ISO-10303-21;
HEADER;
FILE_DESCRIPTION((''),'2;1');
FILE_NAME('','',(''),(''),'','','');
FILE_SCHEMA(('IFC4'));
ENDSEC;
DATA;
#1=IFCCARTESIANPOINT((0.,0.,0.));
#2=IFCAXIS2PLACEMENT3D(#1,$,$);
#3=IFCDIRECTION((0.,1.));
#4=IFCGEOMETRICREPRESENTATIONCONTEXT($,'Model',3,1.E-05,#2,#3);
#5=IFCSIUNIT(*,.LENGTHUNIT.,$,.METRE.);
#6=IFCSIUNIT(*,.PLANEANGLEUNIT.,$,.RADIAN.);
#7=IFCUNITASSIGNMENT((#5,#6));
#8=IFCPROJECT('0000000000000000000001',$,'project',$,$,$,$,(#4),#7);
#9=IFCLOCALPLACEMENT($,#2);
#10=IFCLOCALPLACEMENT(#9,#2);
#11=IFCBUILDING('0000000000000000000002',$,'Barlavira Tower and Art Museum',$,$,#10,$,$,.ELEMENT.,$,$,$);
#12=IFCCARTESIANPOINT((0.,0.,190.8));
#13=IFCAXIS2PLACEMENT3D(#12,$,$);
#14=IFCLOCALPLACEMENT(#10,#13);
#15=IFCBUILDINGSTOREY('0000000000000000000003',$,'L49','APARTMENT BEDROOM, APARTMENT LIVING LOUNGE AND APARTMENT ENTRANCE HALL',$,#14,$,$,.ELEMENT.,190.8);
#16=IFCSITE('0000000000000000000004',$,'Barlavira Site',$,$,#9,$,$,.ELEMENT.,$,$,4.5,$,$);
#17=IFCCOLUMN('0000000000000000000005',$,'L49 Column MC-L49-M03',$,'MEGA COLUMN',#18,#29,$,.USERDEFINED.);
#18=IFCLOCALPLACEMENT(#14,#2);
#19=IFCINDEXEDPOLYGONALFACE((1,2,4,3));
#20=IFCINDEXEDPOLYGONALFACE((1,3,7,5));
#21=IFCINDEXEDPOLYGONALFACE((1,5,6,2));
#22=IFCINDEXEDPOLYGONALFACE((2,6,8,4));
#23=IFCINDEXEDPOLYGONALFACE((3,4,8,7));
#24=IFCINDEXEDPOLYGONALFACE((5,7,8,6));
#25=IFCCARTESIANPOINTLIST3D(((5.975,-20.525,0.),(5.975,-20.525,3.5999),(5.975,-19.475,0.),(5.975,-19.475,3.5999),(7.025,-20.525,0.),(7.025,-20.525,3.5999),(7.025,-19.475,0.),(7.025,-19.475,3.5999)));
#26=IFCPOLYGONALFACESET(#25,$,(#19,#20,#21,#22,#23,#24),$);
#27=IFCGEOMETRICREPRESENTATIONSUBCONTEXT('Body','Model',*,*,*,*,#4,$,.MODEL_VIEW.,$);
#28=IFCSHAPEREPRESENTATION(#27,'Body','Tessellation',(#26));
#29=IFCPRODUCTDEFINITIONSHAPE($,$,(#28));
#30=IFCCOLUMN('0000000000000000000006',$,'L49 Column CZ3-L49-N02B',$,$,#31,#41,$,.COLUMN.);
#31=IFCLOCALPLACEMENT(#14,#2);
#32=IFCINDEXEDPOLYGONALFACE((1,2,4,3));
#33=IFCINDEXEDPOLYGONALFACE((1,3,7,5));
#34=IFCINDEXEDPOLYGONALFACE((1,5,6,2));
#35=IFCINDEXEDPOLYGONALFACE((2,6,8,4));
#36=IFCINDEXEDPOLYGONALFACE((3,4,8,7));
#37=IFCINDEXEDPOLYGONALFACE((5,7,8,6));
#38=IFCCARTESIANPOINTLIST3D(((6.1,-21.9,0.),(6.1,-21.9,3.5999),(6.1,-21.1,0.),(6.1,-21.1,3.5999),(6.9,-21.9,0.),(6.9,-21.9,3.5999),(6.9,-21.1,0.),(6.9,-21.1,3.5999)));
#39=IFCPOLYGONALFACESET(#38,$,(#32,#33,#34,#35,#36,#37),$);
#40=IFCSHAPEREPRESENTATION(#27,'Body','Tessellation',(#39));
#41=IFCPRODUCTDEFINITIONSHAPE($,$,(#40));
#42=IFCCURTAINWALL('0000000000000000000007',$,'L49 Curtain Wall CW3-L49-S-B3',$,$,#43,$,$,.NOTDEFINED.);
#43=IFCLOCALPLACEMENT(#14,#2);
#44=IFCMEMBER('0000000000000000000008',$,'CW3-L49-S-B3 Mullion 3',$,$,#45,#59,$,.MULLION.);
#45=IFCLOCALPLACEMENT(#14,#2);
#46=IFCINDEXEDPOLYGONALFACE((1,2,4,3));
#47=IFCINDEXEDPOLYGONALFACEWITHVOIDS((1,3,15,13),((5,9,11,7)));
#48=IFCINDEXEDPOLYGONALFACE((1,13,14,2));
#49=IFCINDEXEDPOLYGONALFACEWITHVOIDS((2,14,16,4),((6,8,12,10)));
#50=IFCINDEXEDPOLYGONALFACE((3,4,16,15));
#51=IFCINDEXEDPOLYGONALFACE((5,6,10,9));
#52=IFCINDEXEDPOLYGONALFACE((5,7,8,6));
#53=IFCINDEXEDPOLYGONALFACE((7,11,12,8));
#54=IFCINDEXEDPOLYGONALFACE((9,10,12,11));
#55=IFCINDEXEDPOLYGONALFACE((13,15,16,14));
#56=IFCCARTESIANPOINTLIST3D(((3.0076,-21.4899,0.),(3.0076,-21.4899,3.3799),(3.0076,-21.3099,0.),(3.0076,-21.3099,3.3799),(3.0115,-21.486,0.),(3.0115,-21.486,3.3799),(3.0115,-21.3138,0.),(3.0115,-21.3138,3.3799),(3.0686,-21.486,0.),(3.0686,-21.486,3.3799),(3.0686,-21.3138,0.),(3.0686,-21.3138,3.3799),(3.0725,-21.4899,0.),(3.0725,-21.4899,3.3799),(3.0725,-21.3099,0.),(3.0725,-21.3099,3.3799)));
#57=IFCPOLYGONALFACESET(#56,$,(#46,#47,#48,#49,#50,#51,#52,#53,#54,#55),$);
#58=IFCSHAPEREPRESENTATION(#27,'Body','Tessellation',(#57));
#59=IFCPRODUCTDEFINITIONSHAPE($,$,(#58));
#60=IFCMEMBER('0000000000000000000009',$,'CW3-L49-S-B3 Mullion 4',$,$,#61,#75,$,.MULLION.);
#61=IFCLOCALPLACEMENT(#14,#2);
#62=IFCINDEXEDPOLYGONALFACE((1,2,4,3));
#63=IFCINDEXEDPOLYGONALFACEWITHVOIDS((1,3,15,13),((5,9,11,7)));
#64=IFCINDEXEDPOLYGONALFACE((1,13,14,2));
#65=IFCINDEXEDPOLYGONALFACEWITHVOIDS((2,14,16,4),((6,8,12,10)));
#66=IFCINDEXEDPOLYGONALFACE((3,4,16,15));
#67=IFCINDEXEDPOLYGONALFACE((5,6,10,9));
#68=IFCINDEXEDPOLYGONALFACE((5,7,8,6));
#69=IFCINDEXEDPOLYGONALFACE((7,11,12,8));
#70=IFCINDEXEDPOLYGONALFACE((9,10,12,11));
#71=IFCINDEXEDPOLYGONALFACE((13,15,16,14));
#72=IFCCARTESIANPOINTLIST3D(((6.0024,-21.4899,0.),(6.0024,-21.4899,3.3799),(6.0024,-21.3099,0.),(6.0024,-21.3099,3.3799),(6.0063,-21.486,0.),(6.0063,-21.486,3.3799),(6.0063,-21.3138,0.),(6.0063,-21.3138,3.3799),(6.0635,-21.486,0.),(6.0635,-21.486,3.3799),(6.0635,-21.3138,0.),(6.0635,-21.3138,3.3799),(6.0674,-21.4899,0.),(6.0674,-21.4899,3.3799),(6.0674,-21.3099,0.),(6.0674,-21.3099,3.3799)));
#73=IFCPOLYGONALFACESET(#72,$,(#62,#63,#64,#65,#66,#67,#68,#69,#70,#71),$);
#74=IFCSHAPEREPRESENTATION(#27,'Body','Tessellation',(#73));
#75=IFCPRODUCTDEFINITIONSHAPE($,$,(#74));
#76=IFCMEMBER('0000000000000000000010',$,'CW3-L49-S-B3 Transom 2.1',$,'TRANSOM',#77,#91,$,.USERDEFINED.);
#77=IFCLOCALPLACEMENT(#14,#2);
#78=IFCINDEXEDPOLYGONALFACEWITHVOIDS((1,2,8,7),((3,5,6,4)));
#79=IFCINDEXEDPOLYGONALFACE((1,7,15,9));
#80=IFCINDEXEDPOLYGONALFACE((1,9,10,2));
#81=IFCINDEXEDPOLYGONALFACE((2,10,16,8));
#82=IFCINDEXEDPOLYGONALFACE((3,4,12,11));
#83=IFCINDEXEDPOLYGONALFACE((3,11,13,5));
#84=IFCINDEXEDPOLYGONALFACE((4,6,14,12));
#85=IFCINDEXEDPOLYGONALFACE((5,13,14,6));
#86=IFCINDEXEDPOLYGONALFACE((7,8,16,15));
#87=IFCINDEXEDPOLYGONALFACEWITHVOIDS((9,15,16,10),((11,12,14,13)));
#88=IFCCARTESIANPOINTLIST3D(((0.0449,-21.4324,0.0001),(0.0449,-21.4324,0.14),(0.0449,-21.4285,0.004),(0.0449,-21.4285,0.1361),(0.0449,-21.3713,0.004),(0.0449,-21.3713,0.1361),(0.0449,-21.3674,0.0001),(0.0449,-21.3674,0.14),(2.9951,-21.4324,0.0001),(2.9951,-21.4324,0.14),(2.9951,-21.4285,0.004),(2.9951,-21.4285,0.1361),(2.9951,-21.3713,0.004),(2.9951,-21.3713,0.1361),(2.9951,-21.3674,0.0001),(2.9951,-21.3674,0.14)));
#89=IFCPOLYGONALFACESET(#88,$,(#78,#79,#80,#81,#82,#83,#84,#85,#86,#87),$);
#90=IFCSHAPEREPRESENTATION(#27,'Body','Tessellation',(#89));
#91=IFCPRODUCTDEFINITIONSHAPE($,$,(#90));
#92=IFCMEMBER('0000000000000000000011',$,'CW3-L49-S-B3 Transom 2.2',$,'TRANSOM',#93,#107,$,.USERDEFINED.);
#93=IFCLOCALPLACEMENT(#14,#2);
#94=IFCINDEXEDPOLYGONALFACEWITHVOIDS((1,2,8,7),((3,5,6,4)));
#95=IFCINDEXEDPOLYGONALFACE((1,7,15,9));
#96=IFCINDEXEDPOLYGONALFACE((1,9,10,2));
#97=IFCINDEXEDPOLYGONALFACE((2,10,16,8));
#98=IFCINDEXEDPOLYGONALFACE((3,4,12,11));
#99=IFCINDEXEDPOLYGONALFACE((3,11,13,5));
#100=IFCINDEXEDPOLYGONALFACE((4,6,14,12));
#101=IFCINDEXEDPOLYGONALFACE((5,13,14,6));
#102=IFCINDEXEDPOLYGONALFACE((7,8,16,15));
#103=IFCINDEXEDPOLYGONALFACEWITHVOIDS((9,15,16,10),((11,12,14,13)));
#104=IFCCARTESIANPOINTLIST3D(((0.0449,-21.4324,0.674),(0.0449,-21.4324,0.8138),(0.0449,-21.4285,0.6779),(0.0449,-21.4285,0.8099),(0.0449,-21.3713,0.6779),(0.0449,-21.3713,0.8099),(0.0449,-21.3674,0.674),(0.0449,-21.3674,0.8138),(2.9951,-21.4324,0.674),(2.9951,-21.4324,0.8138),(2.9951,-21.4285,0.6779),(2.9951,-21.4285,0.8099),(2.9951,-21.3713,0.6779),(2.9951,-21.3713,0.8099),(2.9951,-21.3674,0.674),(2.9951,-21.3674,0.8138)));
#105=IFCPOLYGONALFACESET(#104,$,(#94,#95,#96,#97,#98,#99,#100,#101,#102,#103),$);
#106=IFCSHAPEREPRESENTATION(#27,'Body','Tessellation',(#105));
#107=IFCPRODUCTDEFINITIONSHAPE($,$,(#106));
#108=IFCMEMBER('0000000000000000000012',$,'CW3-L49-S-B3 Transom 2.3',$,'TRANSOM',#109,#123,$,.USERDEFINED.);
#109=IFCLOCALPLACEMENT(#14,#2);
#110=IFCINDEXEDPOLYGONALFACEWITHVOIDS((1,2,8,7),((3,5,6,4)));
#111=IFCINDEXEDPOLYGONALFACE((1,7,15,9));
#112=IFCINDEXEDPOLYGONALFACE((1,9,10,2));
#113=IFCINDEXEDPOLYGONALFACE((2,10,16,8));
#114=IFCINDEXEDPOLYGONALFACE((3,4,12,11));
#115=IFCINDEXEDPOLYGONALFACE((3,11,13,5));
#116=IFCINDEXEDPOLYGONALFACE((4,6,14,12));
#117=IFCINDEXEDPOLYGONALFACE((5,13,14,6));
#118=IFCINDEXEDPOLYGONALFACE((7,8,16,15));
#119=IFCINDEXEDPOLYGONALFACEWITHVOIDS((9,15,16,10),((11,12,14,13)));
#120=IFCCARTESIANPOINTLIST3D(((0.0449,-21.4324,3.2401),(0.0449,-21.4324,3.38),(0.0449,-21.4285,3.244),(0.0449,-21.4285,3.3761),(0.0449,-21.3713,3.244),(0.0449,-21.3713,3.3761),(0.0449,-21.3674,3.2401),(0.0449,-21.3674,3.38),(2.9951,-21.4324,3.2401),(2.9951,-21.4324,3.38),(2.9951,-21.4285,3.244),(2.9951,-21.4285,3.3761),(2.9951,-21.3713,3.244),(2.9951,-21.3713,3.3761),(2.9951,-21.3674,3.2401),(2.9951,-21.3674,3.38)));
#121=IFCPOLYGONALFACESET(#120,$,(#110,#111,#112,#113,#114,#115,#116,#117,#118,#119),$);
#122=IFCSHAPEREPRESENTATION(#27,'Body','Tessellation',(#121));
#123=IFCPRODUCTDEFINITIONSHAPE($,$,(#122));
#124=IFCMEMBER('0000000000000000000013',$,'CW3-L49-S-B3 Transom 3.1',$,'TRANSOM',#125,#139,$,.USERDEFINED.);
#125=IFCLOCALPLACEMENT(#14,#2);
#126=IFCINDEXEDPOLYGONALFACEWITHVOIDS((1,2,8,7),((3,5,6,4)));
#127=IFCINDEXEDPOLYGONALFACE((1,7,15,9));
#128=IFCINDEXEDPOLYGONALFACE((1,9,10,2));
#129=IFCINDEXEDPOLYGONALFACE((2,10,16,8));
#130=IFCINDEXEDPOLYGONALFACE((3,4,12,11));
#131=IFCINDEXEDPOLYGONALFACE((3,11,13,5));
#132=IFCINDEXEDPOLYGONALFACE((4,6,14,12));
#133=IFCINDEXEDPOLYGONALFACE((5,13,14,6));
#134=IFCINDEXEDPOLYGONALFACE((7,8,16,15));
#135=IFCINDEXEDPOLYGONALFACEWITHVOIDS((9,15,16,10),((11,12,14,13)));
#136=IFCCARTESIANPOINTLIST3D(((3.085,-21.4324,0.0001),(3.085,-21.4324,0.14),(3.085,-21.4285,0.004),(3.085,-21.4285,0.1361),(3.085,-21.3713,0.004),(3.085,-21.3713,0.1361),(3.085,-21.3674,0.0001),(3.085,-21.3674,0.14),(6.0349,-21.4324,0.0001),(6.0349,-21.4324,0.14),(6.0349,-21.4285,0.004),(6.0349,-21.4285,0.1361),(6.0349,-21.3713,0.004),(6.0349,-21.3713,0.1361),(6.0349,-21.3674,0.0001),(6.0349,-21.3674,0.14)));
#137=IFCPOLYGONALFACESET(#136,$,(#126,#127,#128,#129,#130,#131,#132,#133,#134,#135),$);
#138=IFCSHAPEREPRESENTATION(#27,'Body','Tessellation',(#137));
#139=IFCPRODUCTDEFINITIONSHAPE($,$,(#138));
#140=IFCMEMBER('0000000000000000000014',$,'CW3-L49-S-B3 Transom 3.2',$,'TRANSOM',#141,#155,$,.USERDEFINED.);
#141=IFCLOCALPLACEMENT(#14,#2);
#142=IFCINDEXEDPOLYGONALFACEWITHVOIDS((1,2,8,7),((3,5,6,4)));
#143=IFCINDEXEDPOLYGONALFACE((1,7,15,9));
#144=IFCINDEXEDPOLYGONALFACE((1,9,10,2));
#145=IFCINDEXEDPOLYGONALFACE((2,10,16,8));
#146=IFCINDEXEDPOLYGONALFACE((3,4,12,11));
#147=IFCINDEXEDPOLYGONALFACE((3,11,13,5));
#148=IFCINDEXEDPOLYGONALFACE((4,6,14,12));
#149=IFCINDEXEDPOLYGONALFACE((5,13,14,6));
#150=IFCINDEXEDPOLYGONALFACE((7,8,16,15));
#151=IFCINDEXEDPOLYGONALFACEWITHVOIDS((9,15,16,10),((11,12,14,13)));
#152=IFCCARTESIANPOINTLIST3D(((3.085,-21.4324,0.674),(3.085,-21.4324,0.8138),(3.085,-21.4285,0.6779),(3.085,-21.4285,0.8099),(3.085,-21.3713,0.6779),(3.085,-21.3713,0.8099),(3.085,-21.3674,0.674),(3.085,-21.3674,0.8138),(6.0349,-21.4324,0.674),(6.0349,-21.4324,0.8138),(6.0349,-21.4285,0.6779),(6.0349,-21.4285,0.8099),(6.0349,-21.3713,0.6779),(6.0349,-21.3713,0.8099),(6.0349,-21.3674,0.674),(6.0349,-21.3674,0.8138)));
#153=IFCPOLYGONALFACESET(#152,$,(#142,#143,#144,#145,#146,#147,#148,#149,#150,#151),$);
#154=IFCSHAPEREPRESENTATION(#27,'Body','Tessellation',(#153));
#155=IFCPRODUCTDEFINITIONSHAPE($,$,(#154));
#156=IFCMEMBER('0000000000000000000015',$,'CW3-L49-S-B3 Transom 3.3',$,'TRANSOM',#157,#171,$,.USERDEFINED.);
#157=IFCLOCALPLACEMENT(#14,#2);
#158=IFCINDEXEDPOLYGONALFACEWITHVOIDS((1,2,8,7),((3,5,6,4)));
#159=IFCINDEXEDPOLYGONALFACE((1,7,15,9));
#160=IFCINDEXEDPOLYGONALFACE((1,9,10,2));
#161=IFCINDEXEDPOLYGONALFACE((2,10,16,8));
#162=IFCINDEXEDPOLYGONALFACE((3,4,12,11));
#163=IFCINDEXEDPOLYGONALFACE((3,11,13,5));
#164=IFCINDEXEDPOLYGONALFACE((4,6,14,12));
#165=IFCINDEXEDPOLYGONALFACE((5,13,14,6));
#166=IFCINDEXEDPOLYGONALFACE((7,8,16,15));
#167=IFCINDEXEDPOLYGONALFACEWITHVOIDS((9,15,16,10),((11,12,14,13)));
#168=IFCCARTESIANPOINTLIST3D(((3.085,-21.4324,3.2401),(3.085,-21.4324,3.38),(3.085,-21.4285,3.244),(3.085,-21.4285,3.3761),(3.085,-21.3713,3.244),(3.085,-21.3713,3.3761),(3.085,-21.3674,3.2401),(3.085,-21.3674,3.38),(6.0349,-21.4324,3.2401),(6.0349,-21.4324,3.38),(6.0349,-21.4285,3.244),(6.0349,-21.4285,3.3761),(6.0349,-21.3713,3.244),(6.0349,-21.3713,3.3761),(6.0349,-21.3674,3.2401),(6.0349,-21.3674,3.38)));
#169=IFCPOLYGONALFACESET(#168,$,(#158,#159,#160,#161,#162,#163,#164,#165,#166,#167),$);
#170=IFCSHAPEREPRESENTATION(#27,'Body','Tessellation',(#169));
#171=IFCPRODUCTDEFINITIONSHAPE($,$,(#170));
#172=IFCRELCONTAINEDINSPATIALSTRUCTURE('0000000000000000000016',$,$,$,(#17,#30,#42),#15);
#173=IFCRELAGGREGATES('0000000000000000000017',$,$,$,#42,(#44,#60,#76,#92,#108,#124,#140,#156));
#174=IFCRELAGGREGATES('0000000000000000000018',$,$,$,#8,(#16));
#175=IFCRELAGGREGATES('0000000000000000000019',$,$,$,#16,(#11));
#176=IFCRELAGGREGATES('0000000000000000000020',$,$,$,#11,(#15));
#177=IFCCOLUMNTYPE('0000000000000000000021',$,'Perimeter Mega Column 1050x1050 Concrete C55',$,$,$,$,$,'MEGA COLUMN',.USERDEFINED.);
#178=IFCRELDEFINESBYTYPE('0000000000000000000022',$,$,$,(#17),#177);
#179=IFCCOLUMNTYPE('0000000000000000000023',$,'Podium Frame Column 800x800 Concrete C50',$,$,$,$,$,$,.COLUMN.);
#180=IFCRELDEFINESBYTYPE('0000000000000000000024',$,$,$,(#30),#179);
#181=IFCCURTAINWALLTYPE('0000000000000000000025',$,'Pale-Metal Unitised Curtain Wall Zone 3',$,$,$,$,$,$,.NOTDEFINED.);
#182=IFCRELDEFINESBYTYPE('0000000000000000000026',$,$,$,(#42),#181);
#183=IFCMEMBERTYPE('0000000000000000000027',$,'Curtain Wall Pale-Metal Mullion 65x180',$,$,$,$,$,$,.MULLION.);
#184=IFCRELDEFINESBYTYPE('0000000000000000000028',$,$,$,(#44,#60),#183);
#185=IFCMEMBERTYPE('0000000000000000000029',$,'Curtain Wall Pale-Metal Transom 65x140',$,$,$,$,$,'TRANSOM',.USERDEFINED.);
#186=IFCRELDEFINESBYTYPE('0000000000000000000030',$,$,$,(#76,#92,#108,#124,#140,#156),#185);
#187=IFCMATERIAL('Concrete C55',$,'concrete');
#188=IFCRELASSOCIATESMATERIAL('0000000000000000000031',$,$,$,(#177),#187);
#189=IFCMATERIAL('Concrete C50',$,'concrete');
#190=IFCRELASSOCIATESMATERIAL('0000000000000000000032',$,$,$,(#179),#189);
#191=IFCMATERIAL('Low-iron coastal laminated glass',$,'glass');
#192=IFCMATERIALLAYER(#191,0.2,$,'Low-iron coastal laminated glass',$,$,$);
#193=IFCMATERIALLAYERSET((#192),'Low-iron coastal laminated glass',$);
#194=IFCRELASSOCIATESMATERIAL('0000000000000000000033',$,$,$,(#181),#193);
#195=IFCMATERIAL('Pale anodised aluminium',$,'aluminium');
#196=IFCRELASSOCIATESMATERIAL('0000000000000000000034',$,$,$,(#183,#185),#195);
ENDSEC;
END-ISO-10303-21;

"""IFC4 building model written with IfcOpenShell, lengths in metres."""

from ifc_helpers import new_model, si_unit, direction, frame, origin, origin_2d, place, context, subcontext, project, spatial, rectangle, hollow_rectangle, extrude, material, layer, layer_set, material_profile, profile_set, type_object, element, aggregate, save


model = new_model("IFC4")

# Units and contexts
model_context = context("Model", 3, precision=1e-05, world=origin(), true_north=direction((0.0, 1.0)))
body_context = subcontext(model_context, "Body", "Model", "MODEL_VIEW")
ifc_project = project(units=[si_unit("LENGTHUNIT", "METRE"), si_unit("PLANEANGLEUNIT", "RADIAN")], contexts=[model_context])

# Site, building, storey
site_placement = place(None, origin())
site = spatial("IfcSite", under=ifc_project, at=site_placement, Name="Barlavira Site", CompositionType="ELEMENT", RefElevation=4.5)
building_placement = place(site_placement, origin())
building = spatial("IfcBuilding", under=site, at=building_placement, Name="Barlavira Tower and Art Museum", CompositionType="ELEMENT")
storey_placement = place(building_placement, frame((0.0, 0.0, 190.8)))
storey = spatial("IfcBuildingStorey", under=building, at=storey_placement, Name="L49", Description="APARTMENT BEDROOM, APARTMENT LIVING LOUNGE AND APARTMENT ENTRANCE HALL", CompositionType="ELEMENT", Elevation=190.8)

# Columns
ifc_material_1 = material(Name="Concrete C55", Category="concrete")
ifc_material_profile_1 = material_profile(ifc_material_1, rectangle(XDim=1.05, YDim=1.05, at=origin_2d()), Name="RC-COL 1050x1050")
ifc_profile_set_1 = profile_set([ifc_material_profile_1], Name="Concrete C55")
column_type_1 = type_object("IfcColumnType", Name="Perimeter Mega Column 1050x1050 Concrete C55", ElementType="MEGA COLUMN", PredefinedType="USERDEFINED", material=ifc_profile_set_1)
column_1_placement = place(storey_placement, frame((6.5, -20.0, 0.0), z_axis=(0.0, 0.0, 1.0), x_axis=(1.0, 0.0, 0.0)))
element("IfcColumn", 1, at=column_1_placement, inside=storey, type_object=column_type_1, Name="L49 Column MC-L49-M03", ObjectType="MEGA COLUMN", PredefinedType="USERDEFINED", context=body_context, shape_type="SweptSolid", body=[
    extrude(rectangle(XDim=1.05, YDim=1.05, at=origin_2d()), origin(), (0.0, 0.0, 1.0), 3.5999),
])
ifc_material_2 = material(Name="Concrete C50", Category="concrete")
ifc_material_profile_2 = material_profile(ifc_material_2, rectangle(XDim=0.8, YDim=0.8, at=origin_2d()), Name="RC-COL 800x800")
ifc_profile_set_2 = profile_set([ifc_material_profile_2], Name="Concrete C50")
column_type_2 = type_object("IfcColumnType", Name="Podium Frame Column 800x800 Concrete C50", PredefinedType="COLUMN", material=ifc_profile_set_2)
column_2_placement = place(storey_placement, frame((6.5, -21.5, 0.0), z_axis=(0.0, 0.0, 1.0), x_axis=(1.0, 0.0, 0.0)))
element("IfcColumn", 2, at=column_2_placement, inside=storey, type_object=column_type_2, Name="L49 Column CZ3-L49-N02B", PredefinedType="COLUMN", context=body_context, shape_type="SweptSolid", body=[
    extrude(rectangle(XDim=0.8, YDim=0.8, at=origin_2d()), origin(), (0.0, 0.0, 1.0), 3.5999),
])

# Curtain wall, members
ifc_material_3 = material(Name="Low-iron coastal laminated glass", Category="glass")
ifc_layer_1 = layer(ifc_material_3, 0.2, Name="Low-iron coastal laminated glass")
ifc_layer_set_1 = layer_set([ifc_layer_1], Name="Low-iron coastal laminated glass")
curtain_wall_type = type_object("IfcCurtainWallType", Name="Pale-Metal Unitised Curtain Wall Zone 3", PredefinedType="NOTDEFINED", material=ifc_layer_set_1)
curtain_wall_placement = place(storey_placement, origin())
curtain_wall = element("IfcCurtainWall", 3, at=curtain_wall_placement, inside=storey, type_object=curtain_wall_type, Name="L49 Curtain Wall CW3-L49-S-B3", PredefinedType="NOTDEFINED")
ifc_material_4 = material(Name="Pale anodised aluminium", Category="aluminium")
ifc_material_profile_3 = material_profile(ifc_material_4, hollow_rectangle(XDim=0.0649, YDim=0.1799, WallThickness=0.0039, at=origin_2d()), Name="ALU-MULL 65x180x4")
ifc_profile_set_3 = profile_set([ifc_material_profile_3], Name="Pale anodised aluminium")
member_type_1 = type_object("IfcMemberType", Name="Curtain Wall Pale-Metal Mullion 65x180", PredefinedType="MULLION", material=ifc_profile_set_3)
member_1_placement = place(storey_placement, frame((3.04, -21.3999, 0.0), z_axis=(0.0, 0.0, 1.0), x_axis=(1.0, 0.0, 0.0)))
member_1 = element("IfcMember", 4, at=member_1_placement, type_object=member_type_1, Name="CW3-L49-S-B3 Mullion 3", PredefinedType="MULLION", context=body_context, shape_type="SweptSolid", body=[
    extrude(hollow_rectangle(XDim=0.0649, YDim=0.1799, WallThickness=0.0039, at=origin_2d()), origin(), (0.0, 0.0, 1.0), 3.3799),
])
member_2_placement = place(storey_placement, frame((6.0349, -21.3999, 0.0), z_axis=(0.0, 0.0, 1.0), x_axis=(1.0, 0.0, 0.0)))
member_2 = element("IfcMember", 5, at=member_2_placement, type_object=member_type_1, Name="CW3-L49-S-B3 Mullion 4", PredefinedType="MULLION", context=body_context, shape_type="SweptSolid", body=[
    extrude(hollow_rectangle(XDim=0.0649, YDim=0.1799, WallThickness=0.0039, at=origin_2d()), origin(), (0.0, 0.0, 1.0), 3.3799),
])
ifc_material_profile_4 = material_profile(ifc_material_4, hollow_rectangle(XDim=0.0649, YDim=0.1399, WallThickness=0.0039, at=origin_2d()), Name="ALU-TRAN 65x140x4")
ifc_profile_set_4 = profile_set([ifc_material_profile_4], Name="Pale anodised aluminium")
member_type_2 = type_object("IfcMemberType", Name="Curtain Wall Pale-Metal Transom 65x140", ElementType="TRANSOM", PredefinedType="USERDEFINED", material=ifc_profile_set_4)
member_3_placement = place(storey_placement, frame((0.0449, -21.3999, 0.0701), z_axis=(1.0, 0.0, 0.0), x_axis=(0.0, 1.0, 0.0)))
member_3 = element("IfcMember", 6, at=member_3_placement, type_object=member_type_2, Name="CW3-L49-S-B3 Transom 2.1", ObjectType="TRANSOM", PredefinedType="USERDEFINED", context=body_context, shape_type="SweptSolid", body=[
    extrude(hollow_rectangle(XDim=0.0649, YDim=0.1399, WallThickness=0.0039, at=origin_2d()), origin(), (0.0, 0.0, 1.0), 2.9502),
])
member_4_placement = place(storey_placement, frame((0.0449, -21.3999, 0.7439), z_axis=(1.0, 0.0, 0.0), x_axis=(0.0, 1.0, 0.0)))
member_4 = element("IfcMember", 7, at=member_4_placement, type_object=member_type_2, Name="CW3-L49-S-B3 Transom 2.2", ObjectType="TRANSOM", PredefinedType="USERDEFINED", context=body_context, shape_type="SweptSolid", body=[
    extrude(hollow_rectangle(XDim=0.0649, YDim=0.1399, WallThickness=0.0039, at=origin_2d()), origin(), (0.0, 0.0, 1.0), 2.9502),
])
member_5_placement = place(storey_placement, frame((0.0449, -21.3999, 3.3101), z_axis=(1.0, 0.0, 0.0), x_axis=(0.0, 1.0, 0.0)))
member_5 = element("IfcMember", 8, at=member_5_placement, type_object=member_type_2, Name="CW3-L49-S-B3 Transom 2.3", ObjectType="TRANSOM", PredefinedType="USERDEFINED", context=body_context, shape_type="SweptSolid", body=[
    extrude(hollow_rectangle(XDim=0.0649, YDim=0.1399, WallThickness=0.0039, at=origin_2d()), origin(), (0.0, 0.0, 1.0), 2.9502),
])
member_6_placement = place(storey_placement, frame((3.085, -21.3999, 0.0701), z_axis=(1.0, 0.0, 0.0), x_axis=(0.0, 1.0, 0.0)))
member_6 = element("IfcMember", 9, at=member_6_placement, type_object=member_type_2, Name="CW3-L49-S-B3 Transom 3.1", ObjectType="TRANSOM", PredefinedType="USERDEFINED", context=body_context, shape_type="SweptSolid", body=[
    extrude(hollow_rectangle(XDim=0.0649, YDim=0.1399, WallThickness=0.0039, at=origin_2d()), origin(), (0.0, 0.0, 1.0), 2.95),
])
member_7_placement = place(storey_placement, frame((3.085, -21.3999, 0.7439), z_axis=(1.0, 0.0, 0.0), x_axis=(0.0, 1.0, 0.0)))
member_7 = element("IfcMember", 10, at=member_7_placement, type_object=member_type_2, Name="CW3-L49-S-B3 Transom 3.2", ObjectType="TRANSOM", PredefinedType="USERDEFINED", context=body_context, shape_type="SweptSolid", body=[
    extrude(hollow_rectangle(XDim=0.0649, YDim=0.1399, WallThickness=0.0039, at=origin_2d()), origin(), (0.0, 0.0, 1.0), 2.95),
])
member_8_placement = place(storey_placement, frame((3.085, -21.3999, 3.3101), z_axis=(1.0, 0.0, 0.0), x_axis=(0.0, 1.0, 0.0)))
member_8 = element("IfcMember", 11, at=member_8_placement, type_object=member_type_2, Name="CW3-L49-S-B3 Transom 3.3", ObjectType="TRANSOM", PredefinedType="USERDEFINED", context=body_context, shape_type="SweptSolid", body=[
    extrude(hollow_rectangle(XDim=0.0649, YDim=0.1399, WallThickness=0.0039, at=origin_2d()), origin(), (0.0, 0.0, 1.0), 2.95),
])

aggregate(curtain_wall, [member_1, member_2, member_3, member_4, member_5, member_6, member_7, member_8])

save(model, "model.ifc")
